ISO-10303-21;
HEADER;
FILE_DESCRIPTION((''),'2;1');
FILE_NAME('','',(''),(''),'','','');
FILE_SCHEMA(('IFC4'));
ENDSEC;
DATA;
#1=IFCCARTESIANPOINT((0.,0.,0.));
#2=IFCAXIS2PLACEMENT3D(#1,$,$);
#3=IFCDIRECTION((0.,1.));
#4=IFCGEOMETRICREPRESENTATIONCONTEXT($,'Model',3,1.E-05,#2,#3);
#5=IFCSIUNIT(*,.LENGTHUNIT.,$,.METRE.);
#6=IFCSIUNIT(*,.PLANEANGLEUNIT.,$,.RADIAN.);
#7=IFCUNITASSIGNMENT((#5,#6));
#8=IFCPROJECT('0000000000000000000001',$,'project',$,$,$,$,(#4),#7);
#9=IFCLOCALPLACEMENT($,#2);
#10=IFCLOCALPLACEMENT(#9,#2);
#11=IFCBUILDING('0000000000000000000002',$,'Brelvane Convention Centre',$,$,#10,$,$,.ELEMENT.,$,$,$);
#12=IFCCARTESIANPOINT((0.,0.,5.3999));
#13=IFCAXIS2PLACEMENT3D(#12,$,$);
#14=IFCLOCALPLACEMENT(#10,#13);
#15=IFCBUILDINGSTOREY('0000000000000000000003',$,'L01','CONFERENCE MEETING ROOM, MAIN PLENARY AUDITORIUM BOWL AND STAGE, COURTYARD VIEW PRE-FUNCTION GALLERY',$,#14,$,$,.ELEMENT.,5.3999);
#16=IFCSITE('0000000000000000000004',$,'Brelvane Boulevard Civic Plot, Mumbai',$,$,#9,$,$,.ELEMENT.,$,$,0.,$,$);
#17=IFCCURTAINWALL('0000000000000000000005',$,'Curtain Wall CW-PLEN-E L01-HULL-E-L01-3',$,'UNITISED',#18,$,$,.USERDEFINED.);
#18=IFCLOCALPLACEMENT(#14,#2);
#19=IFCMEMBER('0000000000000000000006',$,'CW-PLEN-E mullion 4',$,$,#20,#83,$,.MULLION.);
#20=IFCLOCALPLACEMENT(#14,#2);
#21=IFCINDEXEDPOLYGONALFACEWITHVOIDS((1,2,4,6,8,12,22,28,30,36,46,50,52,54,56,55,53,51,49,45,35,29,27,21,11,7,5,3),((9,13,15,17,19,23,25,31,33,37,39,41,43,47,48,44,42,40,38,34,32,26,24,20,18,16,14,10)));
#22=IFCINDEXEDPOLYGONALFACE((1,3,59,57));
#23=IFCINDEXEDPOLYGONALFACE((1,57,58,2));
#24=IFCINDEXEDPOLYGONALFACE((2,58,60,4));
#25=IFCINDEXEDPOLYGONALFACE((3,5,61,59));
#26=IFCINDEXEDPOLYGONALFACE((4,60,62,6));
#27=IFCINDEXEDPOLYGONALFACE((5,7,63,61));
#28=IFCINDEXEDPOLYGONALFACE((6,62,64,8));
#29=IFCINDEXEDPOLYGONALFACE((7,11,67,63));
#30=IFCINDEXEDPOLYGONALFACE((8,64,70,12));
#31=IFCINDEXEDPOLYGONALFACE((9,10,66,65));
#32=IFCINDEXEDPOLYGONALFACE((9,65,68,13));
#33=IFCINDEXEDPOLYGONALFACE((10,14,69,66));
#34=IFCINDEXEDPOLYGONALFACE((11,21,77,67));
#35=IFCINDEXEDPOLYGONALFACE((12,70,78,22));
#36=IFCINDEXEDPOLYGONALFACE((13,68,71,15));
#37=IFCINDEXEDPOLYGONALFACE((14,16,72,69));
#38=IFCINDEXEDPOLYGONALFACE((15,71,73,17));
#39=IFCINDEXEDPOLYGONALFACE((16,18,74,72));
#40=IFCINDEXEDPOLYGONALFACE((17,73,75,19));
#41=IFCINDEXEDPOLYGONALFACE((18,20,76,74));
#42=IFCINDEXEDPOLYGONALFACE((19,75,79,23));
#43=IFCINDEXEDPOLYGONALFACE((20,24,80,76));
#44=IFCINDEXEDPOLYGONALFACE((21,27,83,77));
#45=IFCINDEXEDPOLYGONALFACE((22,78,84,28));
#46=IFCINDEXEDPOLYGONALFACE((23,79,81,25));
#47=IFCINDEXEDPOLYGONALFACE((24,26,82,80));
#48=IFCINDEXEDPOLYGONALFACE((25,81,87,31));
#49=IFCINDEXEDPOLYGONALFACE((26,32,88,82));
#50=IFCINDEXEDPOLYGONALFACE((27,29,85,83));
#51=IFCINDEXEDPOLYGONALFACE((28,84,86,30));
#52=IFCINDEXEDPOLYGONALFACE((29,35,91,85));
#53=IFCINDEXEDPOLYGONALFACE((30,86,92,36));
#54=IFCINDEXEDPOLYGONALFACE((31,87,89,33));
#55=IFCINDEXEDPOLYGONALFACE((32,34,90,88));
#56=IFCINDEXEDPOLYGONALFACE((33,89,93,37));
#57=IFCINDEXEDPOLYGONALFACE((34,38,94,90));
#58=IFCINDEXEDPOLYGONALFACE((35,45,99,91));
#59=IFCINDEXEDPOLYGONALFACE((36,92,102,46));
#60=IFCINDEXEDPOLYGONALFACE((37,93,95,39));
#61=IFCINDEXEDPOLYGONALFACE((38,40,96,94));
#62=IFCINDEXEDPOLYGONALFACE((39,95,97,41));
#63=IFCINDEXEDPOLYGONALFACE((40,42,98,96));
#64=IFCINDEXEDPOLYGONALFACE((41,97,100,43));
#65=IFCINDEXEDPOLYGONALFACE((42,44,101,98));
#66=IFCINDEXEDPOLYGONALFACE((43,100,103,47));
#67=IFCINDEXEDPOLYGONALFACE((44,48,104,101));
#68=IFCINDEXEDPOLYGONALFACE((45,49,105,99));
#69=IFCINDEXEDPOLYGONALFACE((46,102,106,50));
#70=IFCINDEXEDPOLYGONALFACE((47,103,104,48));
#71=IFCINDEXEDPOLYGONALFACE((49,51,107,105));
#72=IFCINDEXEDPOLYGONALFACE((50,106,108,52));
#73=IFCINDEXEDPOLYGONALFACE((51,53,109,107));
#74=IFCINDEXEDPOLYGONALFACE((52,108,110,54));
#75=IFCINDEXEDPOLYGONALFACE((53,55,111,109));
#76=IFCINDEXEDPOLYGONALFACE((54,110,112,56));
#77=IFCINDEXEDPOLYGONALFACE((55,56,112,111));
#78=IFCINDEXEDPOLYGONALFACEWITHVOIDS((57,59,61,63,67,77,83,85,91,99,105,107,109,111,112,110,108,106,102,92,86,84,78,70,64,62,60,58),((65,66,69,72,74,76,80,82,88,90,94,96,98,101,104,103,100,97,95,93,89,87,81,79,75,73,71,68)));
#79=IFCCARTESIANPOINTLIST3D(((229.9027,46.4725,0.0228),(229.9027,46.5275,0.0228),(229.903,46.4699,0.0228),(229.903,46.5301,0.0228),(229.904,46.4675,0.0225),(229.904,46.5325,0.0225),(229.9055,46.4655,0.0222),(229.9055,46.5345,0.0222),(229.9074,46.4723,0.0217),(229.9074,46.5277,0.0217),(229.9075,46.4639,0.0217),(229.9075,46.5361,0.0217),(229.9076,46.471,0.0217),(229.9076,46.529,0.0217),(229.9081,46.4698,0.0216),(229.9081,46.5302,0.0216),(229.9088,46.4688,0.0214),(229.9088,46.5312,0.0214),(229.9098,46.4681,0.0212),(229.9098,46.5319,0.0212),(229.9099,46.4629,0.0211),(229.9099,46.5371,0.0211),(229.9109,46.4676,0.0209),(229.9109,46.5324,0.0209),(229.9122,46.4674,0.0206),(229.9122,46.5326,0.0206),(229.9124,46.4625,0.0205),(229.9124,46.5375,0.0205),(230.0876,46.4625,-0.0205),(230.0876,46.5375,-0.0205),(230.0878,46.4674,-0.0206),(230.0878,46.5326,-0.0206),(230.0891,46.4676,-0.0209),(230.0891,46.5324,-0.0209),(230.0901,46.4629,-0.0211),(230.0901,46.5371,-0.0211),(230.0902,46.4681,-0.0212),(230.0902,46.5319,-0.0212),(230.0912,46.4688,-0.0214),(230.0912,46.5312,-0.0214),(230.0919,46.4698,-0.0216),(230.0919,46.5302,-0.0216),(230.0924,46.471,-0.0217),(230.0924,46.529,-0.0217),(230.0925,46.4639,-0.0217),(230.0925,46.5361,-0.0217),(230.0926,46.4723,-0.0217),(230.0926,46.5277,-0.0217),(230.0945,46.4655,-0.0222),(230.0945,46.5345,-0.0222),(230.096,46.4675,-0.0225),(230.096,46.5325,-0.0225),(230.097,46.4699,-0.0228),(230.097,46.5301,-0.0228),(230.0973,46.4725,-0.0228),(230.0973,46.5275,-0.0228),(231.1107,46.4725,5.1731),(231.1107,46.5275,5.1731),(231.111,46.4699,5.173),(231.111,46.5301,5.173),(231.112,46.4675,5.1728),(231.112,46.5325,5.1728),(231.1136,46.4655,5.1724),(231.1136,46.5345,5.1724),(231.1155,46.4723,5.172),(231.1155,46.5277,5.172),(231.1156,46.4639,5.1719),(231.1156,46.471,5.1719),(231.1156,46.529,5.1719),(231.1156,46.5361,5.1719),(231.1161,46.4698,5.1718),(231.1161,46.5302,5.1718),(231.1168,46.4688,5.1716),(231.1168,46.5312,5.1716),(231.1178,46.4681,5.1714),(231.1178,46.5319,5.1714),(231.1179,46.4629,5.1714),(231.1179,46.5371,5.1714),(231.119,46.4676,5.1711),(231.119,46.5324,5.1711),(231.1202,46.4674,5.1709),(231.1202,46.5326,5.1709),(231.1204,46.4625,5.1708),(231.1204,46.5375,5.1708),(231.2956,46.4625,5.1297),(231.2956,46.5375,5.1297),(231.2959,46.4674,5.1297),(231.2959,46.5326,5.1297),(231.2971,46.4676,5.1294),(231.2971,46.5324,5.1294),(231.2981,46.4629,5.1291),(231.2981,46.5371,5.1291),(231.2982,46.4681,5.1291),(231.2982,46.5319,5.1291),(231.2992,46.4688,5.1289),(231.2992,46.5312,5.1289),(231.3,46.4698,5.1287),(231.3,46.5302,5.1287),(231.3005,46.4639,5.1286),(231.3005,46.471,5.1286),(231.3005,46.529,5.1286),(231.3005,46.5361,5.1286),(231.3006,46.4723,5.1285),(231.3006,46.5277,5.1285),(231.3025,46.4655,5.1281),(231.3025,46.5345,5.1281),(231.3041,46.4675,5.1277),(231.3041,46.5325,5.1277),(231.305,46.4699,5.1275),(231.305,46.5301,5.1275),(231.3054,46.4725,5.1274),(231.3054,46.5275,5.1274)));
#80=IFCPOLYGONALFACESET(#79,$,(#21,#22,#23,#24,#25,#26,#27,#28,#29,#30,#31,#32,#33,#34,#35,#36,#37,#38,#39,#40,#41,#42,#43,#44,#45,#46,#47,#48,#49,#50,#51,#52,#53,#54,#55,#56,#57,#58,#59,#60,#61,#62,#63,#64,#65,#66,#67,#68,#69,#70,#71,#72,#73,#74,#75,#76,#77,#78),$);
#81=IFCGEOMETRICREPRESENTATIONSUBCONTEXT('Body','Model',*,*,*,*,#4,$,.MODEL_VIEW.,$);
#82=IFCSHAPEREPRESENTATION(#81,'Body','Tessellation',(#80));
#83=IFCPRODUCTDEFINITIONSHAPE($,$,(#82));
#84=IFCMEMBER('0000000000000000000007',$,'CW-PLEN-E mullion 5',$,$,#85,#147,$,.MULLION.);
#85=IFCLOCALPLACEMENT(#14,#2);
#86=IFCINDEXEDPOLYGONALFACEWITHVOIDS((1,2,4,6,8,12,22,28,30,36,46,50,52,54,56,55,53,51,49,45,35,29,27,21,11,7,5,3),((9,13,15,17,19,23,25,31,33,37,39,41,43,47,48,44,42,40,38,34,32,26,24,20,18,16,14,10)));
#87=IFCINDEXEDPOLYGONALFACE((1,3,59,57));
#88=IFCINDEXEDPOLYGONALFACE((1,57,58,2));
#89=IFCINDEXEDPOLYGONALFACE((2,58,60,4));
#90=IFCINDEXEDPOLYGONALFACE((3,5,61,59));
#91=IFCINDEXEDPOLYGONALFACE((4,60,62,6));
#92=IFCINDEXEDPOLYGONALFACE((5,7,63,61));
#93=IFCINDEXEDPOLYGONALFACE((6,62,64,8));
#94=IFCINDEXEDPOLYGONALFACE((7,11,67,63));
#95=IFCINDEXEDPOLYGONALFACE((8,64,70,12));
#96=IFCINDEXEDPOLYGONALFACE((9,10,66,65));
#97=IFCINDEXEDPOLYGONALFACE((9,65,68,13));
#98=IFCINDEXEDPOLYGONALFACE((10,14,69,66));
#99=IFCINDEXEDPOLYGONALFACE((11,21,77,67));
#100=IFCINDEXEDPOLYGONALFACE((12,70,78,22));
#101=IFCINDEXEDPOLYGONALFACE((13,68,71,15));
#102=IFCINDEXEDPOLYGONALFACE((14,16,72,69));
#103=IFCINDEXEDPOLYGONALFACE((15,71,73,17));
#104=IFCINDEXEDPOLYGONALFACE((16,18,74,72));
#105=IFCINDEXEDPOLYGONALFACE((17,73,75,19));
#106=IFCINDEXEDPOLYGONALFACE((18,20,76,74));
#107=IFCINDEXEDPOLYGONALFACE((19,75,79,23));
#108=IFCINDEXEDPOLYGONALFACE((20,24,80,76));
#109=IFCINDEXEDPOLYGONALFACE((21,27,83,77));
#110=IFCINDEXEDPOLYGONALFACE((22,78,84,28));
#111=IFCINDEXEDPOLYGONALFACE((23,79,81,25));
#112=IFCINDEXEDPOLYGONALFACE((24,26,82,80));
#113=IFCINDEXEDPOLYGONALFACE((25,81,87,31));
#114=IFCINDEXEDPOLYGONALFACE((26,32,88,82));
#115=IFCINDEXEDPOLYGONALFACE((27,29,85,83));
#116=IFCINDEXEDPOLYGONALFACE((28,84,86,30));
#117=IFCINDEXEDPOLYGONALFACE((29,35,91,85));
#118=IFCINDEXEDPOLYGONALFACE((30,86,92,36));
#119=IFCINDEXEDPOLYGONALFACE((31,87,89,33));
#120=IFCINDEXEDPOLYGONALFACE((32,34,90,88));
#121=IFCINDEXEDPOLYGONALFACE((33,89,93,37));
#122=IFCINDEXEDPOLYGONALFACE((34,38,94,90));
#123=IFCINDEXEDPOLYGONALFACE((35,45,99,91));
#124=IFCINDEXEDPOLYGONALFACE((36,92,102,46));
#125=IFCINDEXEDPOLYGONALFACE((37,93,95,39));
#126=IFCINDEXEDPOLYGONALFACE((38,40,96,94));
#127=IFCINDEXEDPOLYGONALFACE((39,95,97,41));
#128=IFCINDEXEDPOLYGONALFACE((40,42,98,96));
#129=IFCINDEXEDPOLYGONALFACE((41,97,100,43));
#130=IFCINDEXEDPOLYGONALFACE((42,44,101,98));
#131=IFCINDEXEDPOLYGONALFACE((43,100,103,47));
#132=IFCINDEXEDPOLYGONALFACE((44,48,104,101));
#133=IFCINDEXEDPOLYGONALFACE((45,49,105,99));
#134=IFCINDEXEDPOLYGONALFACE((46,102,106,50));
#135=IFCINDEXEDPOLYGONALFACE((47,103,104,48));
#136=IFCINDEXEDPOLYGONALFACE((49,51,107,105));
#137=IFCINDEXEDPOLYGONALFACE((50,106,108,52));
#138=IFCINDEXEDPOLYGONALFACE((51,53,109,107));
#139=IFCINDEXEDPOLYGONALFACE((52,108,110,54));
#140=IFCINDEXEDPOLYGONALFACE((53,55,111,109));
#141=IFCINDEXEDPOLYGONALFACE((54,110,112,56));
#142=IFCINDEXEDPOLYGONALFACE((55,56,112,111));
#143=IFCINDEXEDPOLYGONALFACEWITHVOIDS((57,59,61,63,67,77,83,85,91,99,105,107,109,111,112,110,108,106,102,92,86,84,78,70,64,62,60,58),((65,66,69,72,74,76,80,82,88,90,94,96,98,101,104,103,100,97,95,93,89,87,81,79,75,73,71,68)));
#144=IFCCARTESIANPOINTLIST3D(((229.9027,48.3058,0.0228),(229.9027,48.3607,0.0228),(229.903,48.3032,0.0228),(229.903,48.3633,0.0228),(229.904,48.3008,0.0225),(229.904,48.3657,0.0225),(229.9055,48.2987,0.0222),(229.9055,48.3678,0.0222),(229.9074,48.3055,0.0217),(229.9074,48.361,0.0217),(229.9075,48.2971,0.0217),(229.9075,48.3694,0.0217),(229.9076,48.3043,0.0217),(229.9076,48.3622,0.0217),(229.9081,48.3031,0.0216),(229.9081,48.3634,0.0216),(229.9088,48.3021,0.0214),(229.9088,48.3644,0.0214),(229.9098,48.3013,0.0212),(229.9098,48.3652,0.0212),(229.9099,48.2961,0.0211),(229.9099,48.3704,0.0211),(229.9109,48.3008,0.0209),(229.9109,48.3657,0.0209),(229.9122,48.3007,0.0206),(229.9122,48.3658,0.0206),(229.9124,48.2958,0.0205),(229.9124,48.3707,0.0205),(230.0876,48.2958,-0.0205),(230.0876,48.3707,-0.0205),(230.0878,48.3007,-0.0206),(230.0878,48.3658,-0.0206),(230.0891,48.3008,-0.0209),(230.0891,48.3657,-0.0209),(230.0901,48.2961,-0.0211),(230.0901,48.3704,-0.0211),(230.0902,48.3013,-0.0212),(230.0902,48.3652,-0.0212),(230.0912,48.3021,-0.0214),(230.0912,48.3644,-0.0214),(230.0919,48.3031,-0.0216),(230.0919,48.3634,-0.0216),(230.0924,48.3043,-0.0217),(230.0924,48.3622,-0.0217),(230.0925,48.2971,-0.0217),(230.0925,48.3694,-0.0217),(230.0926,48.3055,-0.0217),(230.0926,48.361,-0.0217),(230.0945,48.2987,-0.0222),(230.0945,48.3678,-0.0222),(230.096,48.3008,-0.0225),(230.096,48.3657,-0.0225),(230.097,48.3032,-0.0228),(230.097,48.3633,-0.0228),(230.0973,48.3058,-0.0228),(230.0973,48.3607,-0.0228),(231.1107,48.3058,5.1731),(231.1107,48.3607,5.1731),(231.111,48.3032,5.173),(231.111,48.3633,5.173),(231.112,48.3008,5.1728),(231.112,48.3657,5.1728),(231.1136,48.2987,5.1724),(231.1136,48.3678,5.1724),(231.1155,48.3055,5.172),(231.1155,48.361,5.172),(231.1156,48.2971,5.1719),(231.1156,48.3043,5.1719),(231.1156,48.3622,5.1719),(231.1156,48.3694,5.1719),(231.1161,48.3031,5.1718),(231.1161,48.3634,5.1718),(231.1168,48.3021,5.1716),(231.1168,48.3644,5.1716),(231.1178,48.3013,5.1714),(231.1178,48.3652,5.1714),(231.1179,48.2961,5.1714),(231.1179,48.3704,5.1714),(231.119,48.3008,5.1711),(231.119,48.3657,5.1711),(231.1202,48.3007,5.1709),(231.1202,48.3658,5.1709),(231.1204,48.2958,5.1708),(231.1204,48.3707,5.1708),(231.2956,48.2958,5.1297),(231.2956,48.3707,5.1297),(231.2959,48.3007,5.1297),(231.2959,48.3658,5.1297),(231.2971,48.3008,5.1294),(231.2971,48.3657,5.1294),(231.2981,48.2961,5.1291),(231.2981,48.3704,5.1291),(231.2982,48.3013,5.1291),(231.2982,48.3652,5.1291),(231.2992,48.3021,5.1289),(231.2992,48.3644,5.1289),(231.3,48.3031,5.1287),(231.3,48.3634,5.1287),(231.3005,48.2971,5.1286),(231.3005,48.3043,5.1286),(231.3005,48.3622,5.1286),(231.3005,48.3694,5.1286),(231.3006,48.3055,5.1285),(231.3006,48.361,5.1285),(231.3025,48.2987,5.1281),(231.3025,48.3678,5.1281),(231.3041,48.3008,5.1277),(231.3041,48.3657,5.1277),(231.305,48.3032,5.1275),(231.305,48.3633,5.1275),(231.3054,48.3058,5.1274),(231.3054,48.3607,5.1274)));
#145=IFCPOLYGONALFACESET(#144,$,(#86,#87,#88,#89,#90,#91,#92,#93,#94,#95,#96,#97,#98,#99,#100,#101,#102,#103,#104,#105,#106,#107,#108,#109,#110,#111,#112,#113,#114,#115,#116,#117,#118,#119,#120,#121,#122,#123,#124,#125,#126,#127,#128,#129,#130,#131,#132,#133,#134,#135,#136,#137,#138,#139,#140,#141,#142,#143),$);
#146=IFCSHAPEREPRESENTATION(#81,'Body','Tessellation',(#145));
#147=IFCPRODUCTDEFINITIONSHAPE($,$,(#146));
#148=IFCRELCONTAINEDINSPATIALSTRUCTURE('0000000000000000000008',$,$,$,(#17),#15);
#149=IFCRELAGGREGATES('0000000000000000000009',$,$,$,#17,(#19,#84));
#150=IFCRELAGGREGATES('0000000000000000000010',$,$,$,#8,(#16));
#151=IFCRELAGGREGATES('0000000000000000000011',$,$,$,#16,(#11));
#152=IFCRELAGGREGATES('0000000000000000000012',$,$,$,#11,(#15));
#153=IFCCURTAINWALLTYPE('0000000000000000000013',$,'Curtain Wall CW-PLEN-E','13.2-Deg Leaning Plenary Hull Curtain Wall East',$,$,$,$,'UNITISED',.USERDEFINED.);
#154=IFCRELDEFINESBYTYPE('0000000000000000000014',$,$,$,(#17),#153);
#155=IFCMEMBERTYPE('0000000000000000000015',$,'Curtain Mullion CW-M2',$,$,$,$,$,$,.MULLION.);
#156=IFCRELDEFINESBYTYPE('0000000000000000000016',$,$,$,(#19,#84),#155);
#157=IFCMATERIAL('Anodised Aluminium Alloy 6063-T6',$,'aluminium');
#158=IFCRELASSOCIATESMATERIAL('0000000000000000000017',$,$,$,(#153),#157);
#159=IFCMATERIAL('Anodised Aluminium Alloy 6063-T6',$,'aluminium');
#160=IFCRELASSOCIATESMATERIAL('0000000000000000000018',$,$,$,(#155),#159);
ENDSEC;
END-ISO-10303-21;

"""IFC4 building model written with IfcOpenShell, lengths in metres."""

from ifc_helpers import new_model, si_unit, direction, frame, origin, origin_2d, place, context, subcontext, project, spatial, hollow_rectangle, extrude, material, material_profile, profile_set, type_object, element, aggregate, save


model = new_model("IFC4")

# Units and contexts
model_context = context("Model", 3, precision=1e-05, world=origin(), true_north=direction((0.0, 1.0)))
body_context = subcontext(model_context, "Body", "Model", "MODEL_VIEW")
ifc_project = project(units=[si_unit("LENGTHUNIT", "METRE"), si_unit("PLANEANGLEUNIT", "RADIAN")], contexts=[model_context])

# Site, building, storey
site_placement = place(None, origin())
site = spatial("IfcSite", under=ifc_project, at=site_placement, Name="Brelvane Boulevard Civic Plot, Mumbai", CompositionType="ELEMENT", RefElevation=0.0)
building_placement = place(site_placement, origin())
building = spatial("IfcBuilding", under=site, at=building_placement, Name="Brelvane Convention Centre", CompositionType="ELEMENT")
storey_placement = place(building_placement, frame((0.0, 0.0, 5.3999)))
storey = spatial("IfcBuildingStorey", under=building, at=storey_placement, Name="L01", Description="CONFERENCE MEETING ROOM, MAIN PLENARY AUDITORIUM BOWL AND STAGE, COURTYARD VIEW PRE-FUNCTION GALLERY", CompositionType="ELEMENT", Elevation=5.3999)

# Curtain wall, members
ifc_material_1 = material(Name="Anodised Aluminium Alloy 6063-T6", Category="aluminium")
curtain_wall_type = type_object("IfcCurtainWallType", Name="Curtain Wall CW-PLEN-E", Description="13.2-Deg Leaning Plenary Hull Curtain Wall East", ElementType="UNITISED", PredefinedType="USERDEFINED", material=ifc_material_1)
curtain_wall_placement = place(storey_placement, origin())
curtain_wall = element("IfcCurtainWall", 1, at=curtain_wall_placement, inside=storey, type_object=curtain_wall_type, Name="Curtain Wall CW-PLEN-E L01-HULL-E-L01-3", ObjectType="UNITISED", PredefinedType="USERDEFINED")
ifc_material_2 = material(Name="Anodised Aluminium Alloy 6063-T6", Category="aluminium")
ifc_material_profile_1 = material_profile(ifc_material_2, hollow_rectangle(XDim=0.075, YDim=0.2, WallThickness=0.0049, InnerFilletRadius=0.0049, OuterFilletRadius=0.01, at=origin_2d()), Name="ALU-M 200x75x5.0")
ifc_profile_set_1 = profile_set([ifc_material_profile_1], Name="Anodised Aluminium Alloy 6063-T6")
member_type_1 = type_object("IfcMemberType", Name="Curtain Mullion CW-M2", PredefinedType="MULLION", material=ifc_profile_set_1)
member_1_placement = place(storey_placement, frame((230.0, 46.5, 0.0), z_axis=(0.22836, 0.0, 0.973577), x_axis=(0.0, 1.0, 0.0)))
member_1 = element("IfcMember", 2, at=member_1_placement, type_object=member_type_1, Name="CW-PLEN-E mullion 4", PredefinedType="MULLION", context=body_context, shape_type="SweptSolid", body=[
    extrude(hollow_rectangle(XDim=0.075, YDim=0.2, WallThickness=0.0049, InnerFilletRadius=0.0049, OuterFilletRadius=0.01, at=origin_2d()), origin(), (0.0, 0.0, 1.0), 5.29),
])
member_2_placement = place(storey_placement, frame((230.0, 48.3333, 0.0), z_axis=(0.22836, 0.0, 0.973577), x_axis=(0.0, 1.0, 0.0)))
member_2 = element("IfcMember", 3, at=member_2_placement, type_object=member_type_1, Name="CW-PLEN-E mullion 5", PredefinedType="MULLION", context=body_context, shape_type="SweptSolid", body=[
    extrude(hollow_rectangle(XDim=0.075, YDim=0.2, WallThickness=0.0049, InnerFilletRadius=0.0049, OuterFilletRadius=0.01, at=origin_2d()), origin(), (0.0, 0.0, 1.0), 5.29),
])

aggregate(curtain_wall, [member_1, member_2])

save(model, "model.ifc")
